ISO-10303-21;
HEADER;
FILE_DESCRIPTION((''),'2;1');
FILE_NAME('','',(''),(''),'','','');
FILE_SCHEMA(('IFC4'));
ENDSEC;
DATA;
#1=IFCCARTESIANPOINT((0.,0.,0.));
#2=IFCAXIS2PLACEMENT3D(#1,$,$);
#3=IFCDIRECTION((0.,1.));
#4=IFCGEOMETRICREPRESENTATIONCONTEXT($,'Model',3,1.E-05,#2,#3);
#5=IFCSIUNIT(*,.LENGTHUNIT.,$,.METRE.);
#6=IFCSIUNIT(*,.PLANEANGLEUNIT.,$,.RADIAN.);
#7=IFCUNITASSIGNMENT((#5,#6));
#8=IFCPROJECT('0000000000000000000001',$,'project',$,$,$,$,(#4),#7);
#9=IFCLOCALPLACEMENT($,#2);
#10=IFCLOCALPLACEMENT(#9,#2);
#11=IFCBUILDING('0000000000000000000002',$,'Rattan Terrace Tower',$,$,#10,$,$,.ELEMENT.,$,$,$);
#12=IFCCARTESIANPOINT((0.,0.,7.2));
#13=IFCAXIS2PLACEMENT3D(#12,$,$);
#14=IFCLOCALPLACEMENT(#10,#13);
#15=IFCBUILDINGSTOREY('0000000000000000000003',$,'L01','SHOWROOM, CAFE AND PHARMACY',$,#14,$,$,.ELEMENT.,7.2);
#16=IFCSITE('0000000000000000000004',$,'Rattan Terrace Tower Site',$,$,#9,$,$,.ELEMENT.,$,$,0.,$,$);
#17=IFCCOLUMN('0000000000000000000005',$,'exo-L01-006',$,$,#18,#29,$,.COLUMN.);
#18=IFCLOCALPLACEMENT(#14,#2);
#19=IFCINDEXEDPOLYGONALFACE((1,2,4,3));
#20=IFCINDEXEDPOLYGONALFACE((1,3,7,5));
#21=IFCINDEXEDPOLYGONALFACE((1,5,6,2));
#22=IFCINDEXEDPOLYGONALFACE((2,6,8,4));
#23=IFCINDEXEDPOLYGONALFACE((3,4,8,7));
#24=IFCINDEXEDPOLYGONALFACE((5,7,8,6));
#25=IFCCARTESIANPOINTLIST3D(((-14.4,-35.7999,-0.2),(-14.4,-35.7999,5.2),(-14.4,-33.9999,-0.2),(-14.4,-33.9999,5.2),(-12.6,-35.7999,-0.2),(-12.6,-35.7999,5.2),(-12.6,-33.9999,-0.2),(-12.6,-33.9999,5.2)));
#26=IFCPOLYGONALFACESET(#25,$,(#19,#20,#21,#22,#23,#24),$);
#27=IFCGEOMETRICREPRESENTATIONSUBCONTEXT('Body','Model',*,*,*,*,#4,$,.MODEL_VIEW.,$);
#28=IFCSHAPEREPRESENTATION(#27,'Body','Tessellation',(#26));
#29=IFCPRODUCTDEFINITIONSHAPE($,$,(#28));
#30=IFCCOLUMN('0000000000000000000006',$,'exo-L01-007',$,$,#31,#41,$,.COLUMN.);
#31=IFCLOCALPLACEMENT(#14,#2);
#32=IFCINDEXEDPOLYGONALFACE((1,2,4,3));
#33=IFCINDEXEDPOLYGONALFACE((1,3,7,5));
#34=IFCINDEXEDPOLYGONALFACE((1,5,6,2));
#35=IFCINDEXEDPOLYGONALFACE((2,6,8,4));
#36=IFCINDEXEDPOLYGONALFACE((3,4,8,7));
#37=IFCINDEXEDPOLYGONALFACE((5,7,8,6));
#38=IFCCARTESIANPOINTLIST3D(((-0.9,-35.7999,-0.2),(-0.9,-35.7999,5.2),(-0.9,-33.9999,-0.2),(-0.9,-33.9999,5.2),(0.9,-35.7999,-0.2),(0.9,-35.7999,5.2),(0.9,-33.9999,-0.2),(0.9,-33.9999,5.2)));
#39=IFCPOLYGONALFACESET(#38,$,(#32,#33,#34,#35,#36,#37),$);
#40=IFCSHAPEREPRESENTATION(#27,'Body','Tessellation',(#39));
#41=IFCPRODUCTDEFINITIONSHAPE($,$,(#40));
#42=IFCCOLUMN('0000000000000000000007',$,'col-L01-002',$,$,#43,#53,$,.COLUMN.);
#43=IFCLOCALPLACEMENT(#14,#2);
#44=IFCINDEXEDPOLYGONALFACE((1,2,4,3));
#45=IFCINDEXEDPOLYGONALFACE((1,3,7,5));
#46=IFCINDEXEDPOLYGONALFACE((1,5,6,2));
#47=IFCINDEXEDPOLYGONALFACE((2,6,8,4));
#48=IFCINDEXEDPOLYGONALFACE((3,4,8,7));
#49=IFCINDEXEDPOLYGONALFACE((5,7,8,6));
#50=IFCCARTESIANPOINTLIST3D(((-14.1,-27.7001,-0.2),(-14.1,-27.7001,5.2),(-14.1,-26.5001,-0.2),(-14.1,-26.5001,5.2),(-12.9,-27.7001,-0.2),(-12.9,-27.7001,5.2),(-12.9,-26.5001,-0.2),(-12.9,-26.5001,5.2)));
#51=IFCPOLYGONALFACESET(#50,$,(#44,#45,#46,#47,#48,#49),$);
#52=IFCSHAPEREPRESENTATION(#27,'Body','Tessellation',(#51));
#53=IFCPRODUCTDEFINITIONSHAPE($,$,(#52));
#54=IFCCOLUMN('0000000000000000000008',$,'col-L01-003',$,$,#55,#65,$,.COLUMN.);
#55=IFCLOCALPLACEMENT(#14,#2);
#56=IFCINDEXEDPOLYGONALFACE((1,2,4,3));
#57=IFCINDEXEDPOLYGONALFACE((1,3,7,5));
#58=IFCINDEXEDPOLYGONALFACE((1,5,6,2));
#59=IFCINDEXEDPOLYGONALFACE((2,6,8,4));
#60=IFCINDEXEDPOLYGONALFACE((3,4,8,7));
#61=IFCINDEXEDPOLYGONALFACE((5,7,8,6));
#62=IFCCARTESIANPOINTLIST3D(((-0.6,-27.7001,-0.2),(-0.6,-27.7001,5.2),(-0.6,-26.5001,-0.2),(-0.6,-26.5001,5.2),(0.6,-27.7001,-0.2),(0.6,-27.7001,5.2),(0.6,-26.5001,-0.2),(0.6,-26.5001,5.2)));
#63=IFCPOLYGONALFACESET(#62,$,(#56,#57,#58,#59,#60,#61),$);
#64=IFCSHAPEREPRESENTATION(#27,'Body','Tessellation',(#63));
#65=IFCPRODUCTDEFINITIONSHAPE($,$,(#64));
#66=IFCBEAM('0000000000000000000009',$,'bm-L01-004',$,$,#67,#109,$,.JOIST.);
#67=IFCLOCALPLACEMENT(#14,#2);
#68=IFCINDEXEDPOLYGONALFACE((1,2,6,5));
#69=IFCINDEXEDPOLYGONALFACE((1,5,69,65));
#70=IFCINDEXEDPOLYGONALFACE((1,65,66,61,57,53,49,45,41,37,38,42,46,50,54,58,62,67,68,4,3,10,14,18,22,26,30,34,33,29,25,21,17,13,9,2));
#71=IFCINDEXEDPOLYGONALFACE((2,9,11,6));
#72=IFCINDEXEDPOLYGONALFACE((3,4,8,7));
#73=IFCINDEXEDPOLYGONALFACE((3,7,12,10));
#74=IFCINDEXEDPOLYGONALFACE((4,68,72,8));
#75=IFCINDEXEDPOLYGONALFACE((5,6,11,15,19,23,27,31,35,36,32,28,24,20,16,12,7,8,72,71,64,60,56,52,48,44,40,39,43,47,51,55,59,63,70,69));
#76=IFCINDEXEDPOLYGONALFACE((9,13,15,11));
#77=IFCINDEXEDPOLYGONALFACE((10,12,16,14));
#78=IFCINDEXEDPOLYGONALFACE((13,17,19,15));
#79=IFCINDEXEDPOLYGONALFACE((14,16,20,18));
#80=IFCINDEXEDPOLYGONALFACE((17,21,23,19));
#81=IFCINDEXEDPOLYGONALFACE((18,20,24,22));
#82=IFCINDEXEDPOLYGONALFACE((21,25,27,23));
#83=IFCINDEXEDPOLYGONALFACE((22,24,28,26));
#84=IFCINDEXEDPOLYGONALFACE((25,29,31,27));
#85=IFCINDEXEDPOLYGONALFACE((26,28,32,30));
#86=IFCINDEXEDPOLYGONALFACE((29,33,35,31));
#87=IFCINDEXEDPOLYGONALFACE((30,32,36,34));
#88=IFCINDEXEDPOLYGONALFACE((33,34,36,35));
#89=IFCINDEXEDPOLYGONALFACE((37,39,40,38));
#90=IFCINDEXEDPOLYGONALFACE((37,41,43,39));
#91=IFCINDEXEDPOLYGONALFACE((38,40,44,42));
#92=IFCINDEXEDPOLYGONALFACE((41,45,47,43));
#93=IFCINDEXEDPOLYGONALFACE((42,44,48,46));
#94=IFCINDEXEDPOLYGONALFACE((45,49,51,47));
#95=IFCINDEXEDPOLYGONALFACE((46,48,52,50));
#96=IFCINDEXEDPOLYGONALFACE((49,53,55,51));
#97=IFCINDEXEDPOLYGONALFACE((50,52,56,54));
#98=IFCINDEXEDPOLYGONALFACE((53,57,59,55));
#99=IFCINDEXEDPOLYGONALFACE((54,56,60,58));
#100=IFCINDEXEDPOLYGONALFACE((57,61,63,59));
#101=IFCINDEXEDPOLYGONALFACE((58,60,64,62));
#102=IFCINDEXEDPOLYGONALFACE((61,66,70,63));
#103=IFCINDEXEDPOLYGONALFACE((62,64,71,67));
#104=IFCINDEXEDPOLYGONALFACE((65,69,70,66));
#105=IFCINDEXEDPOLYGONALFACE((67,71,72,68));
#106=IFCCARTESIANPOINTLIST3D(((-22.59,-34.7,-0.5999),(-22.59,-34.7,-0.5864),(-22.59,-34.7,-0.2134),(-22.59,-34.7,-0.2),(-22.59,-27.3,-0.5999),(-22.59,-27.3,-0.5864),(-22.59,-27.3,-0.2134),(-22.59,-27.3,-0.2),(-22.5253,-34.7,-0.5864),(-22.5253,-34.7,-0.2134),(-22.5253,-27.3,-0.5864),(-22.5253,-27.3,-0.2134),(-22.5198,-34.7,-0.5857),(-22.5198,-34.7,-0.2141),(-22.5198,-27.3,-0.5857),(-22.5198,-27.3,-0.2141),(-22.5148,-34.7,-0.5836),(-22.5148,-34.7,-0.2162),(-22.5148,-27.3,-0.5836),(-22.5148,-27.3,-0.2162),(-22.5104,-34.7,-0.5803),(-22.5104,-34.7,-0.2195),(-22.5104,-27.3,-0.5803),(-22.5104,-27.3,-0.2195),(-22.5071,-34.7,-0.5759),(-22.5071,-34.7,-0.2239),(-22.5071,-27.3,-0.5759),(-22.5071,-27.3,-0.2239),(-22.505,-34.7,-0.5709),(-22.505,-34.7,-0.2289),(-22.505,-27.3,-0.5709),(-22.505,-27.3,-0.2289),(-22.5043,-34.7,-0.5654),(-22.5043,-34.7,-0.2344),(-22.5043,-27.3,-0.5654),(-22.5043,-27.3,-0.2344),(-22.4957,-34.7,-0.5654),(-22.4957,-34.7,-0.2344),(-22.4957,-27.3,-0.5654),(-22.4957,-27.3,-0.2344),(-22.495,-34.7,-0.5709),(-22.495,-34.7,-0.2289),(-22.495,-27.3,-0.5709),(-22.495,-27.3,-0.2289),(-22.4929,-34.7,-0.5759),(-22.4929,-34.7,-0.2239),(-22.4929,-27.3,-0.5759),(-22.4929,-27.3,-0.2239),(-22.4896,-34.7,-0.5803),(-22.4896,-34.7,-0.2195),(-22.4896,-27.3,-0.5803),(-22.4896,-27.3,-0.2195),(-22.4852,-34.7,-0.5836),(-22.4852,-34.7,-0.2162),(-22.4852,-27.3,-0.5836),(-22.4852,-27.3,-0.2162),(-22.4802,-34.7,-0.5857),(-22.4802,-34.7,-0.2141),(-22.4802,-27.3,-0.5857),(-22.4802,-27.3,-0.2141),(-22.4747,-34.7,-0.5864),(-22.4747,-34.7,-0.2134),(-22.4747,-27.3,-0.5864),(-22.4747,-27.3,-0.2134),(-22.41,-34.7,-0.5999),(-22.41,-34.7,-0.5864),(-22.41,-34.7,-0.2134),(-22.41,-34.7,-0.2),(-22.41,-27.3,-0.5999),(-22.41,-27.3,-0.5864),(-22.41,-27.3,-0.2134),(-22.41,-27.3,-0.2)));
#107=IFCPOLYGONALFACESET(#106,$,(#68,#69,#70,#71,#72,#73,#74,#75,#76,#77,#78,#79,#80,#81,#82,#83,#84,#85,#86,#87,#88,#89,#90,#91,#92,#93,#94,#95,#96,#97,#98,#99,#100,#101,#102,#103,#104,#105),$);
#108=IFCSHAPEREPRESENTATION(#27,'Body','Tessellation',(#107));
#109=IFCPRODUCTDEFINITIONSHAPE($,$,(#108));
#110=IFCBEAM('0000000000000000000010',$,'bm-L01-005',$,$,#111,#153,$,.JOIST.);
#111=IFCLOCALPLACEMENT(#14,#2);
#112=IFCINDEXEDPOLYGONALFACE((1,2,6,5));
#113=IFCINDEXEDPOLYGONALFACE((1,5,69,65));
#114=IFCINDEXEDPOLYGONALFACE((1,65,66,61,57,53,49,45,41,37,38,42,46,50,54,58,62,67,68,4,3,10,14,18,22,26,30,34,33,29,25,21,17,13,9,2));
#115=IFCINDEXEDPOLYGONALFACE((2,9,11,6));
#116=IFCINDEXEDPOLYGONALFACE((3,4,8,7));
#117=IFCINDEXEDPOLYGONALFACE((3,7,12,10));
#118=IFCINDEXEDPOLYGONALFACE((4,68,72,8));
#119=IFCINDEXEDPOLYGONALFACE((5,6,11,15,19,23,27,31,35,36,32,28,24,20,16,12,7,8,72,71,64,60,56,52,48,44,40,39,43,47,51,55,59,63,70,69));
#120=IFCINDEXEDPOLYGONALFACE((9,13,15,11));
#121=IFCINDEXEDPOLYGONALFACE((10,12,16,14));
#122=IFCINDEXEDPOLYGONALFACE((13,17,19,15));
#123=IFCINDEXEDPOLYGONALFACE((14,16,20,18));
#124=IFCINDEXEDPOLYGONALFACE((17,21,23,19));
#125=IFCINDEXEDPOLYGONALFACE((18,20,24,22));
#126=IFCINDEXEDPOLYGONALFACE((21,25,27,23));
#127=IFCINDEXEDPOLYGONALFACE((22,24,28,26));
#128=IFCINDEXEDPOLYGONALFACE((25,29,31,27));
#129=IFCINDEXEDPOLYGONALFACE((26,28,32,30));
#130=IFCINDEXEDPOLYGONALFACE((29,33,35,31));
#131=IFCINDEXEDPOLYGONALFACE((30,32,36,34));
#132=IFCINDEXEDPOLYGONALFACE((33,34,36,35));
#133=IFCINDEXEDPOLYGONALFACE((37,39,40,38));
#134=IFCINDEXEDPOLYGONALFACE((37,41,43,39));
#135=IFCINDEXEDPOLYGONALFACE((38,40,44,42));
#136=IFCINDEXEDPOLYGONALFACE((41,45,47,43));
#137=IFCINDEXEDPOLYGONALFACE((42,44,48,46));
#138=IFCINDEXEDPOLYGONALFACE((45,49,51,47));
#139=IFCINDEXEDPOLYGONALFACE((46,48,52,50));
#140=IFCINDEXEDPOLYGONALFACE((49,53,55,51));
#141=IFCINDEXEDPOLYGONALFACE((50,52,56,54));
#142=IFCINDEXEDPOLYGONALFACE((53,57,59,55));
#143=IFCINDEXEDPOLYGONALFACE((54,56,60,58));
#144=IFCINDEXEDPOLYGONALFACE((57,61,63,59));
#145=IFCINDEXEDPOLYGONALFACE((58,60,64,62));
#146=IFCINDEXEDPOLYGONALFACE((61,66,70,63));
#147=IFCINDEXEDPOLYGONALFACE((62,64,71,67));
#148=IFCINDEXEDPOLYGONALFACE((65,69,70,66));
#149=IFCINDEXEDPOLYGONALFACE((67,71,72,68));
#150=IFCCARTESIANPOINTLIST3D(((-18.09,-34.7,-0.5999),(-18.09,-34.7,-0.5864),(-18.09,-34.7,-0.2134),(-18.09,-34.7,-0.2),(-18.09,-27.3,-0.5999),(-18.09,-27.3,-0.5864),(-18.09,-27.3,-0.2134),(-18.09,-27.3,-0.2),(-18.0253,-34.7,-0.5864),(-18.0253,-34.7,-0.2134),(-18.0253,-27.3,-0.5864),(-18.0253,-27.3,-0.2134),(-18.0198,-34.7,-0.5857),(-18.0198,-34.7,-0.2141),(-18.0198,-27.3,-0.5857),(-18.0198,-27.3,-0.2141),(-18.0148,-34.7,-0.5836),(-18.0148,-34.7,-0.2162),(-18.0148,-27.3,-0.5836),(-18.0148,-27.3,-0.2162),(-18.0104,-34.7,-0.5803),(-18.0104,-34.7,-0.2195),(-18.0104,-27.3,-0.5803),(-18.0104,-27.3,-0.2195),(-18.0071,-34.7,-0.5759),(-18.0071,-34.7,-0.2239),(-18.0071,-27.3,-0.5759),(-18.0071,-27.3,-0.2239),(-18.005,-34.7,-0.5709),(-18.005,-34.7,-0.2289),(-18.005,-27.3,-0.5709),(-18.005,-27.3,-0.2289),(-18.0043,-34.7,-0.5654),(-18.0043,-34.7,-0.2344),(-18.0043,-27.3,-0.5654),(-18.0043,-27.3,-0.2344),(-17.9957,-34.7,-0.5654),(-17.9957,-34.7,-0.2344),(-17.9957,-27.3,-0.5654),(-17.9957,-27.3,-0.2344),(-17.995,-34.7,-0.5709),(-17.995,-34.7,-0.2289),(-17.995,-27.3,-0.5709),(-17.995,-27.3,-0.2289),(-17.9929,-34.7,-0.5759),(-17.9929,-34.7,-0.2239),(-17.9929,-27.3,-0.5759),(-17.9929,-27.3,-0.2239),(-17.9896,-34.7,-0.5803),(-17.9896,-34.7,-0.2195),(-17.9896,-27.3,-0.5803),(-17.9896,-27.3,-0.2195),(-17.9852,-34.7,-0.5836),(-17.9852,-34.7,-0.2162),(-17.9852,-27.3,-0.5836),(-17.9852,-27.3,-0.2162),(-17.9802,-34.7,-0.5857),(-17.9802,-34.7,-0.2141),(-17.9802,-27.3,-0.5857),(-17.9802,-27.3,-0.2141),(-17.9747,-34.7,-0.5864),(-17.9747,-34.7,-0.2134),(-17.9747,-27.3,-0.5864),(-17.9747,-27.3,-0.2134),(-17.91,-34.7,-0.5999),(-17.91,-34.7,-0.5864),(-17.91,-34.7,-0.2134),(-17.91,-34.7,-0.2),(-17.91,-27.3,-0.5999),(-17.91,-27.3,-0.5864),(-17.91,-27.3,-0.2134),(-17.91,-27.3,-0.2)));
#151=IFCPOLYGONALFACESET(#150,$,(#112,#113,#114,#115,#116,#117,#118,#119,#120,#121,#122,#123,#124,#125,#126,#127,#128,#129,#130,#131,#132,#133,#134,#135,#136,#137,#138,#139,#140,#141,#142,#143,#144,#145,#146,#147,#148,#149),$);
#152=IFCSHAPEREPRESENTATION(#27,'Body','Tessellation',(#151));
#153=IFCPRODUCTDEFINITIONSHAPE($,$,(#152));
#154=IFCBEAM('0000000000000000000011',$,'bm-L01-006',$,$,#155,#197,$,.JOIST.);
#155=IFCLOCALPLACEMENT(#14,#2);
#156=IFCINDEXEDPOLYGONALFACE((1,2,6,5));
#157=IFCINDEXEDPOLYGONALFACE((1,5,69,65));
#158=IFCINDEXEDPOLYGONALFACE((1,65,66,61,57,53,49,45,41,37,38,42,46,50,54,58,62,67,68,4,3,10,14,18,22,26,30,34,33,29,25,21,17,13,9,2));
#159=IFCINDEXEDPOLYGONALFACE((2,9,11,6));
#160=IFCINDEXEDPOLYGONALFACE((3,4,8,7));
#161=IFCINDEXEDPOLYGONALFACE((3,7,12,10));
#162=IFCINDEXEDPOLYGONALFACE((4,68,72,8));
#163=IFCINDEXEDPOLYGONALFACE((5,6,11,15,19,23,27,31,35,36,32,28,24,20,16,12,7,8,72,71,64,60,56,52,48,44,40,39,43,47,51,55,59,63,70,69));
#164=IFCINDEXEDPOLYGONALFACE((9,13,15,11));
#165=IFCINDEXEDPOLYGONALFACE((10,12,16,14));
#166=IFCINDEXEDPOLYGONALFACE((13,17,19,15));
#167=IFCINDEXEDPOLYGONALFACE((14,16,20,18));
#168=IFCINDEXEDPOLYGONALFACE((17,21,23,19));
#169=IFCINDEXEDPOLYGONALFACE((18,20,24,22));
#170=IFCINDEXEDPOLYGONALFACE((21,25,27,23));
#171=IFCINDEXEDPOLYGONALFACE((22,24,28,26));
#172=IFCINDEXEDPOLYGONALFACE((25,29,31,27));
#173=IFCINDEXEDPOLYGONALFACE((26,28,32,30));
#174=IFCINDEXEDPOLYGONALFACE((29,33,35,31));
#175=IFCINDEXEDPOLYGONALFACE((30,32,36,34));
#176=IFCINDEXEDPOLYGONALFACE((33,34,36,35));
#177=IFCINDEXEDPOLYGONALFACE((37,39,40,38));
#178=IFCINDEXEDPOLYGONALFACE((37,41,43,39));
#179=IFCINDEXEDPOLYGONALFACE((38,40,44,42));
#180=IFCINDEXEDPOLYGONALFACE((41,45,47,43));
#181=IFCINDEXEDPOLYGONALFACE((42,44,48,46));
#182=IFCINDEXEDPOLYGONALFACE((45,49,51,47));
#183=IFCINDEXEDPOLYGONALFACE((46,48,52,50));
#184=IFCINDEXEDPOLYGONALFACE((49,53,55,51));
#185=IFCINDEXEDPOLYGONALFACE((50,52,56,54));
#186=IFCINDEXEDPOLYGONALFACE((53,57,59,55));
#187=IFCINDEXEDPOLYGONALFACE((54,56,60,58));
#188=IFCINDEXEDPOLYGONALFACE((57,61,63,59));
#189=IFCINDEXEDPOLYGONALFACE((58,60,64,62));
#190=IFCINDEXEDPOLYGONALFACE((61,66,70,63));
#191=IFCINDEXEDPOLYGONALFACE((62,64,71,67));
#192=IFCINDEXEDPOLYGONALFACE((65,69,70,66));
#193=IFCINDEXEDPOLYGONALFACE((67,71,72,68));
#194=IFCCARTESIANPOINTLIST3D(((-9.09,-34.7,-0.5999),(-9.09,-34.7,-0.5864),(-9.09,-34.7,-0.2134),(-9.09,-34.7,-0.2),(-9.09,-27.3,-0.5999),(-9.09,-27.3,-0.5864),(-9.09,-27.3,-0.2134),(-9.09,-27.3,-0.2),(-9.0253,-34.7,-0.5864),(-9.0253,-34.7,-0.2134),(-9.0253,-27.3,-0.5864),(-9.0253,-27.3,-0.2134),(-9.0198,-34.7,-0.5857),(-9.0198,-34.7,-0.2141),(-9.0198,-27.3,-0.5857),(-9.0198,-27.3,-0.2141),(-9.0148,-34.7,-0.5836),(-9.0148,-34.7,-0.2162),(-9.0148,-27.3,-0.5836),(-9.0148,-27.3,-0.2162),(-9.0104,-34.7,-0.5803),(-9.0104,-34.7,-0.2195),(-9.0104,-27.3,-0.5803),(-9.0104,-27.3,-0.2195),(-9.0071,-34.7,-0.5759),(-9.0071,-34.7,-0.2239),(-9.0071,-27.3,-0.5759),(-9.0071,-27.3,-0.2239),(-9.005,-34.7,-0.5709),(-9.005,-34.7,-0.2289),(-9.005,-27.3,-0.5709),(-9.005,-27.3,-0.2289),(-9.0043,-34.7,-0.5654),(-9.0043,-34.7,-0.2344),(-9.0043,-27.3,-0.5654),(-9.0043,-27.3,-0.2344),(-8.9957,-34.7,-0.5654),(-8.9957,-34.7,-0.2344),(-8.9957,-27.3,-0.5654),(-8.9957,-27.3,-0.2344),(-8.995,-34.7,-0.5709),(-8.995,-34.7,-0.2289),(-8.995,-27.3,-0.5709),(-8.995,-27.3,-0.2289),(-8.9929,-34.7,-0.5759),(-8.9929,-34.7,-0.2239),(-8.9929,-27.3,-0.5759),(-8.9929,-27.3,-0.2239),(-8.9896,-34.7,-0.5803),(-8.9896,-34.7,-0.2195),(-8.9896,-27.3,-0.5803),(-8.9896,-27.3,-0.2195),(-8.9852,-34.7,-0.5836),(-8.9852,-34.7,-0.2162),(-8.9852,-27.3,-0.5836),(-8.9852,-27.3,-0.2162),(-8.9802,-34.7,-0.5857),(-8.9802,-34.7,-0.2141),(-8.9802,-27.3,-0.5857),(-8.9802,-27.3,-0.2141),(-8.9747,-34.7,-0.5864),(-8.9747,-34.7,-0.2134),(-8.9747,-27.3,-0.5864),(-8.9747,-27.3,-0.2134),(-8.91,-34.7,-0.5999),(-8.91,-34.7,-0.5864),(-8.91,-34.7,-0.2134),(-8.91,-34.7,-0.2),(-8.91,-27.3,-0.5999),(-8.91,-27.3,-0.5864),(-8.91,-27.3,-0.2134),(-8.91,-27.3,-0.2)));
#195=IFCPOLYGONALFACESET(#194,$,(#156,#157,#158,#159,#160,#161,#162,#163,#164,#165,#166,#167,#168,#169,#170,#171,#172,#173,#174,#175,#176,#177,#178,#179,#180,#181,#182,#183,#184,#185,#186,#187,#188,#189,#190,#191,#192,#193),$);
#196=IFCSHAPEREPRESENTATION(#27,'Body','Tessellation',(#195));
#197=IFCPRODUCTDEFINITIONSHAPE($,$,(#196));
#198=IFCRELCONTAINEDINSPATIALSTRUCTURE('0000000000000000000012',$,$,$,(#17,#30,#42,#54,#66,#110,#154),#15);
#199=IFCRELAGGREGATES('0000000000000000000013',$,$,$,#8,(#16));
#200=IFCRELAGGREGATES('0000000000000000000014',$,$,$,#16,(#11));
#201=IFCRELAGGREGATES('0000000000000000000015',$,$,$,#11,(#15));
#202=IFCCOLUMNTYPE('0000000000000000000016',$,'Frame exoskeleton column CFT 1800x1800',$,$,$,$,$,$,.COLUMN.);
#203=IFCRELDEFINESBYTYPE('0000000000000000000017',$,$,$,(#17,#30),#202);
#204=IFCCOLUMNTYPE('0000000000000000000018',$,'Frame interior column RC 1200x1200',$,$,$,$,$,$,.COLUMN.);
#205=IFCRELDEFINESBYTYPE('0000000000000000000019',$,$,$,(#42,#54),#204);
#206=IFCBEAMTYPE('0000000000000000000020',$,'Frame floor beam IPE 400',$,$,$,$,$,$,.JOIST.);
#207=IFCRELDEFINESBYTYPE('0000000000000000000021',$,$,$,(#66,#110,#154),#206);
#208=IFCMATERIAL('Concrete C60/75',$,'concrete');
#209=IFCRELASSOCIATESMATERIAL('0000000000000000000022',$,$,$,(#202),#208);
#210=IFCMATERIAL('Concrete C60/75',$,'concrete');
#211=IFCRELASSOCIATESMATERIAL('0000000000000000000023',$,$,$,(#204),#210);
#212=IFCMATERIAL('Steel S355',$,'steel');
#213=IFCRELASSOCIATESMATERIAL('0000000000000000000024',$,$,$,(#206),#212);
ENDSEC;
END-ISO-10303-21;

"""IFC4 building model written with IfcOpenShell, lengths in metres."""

from ifc_helpers import new_model, si_unit, direction, frame, origin, origin_2d, place, context, subcontext, project, spatial, rectangle, i_section, extrude, material, material_profile, profile_set, type_object, element, save


model = new_model("IFC4")

# Units and contexts
model_context = context("Model", 3, precision=1e-05, world=origin(), true_north=direction((0.0, 1.0)))
body_context = subcontext(model_context, "Body", "Model", "MODEL_VIEW")
ifc_project = project(units=[si_unit("LENGTHUNIT", "METRE"), si_unit("PLANEANGLEUNIT", "RADIAN")], contexts=[model_context])

# Site, building, storey
site_placement = place(None, origin())
site = spatial("IfcSite", under=ifc_project, at=site_placement, Name="Rattan Terrace Tower Site", CompositionType="ELEMENT", RefElevation=0.0)
building_placement = place(site_placement, origin())
building = spatial("IfcBuilding", under=site, at=building_placement, Name="Rattan Terrace Tower", CompositionType="ELEMENT")
storey_placement = place(building_placement, frame((0.0, 0.0, 7.2)))
storey = spatial("IfcBuildingStorey", under=building, at=storey_placement, Name="L01", Description="SHOWROOM, CAFE AND PHARMACY", CompositionType="ELEMENT", Elevation=7.2)

# Columns
ifc_material_1 = material(Name="Concrete C60/75", Category="concrete")
ifc_material_profile_1 = material_profile(ifc_material_1, rectangle(XDim=1.8, YDim=1.8, at=origin_2d()), Name="CFT 1800x1800")
ifc_profile_set_1 = profile_set([ifc_material_profile_1], Name="Concrete C60/75")
column_type_1 = type_object("IfcColumnType", Name="Frame exoskeleton column CFT 1800x1800", PredefinedType="COLUMN", material=ifc_profile_set_1)
for number, where, z_axis, x_axis, name in (
    (1, (-13.5, -34.8999, -0.2), (0.0, 0.0, 1.0), (1.0, 0.0, 0.0), "exo-L01-006"),
    (2, (0.0, -34.8999, -0.2), (0.0, 0.0, 1.0), (1.0, 0.0, 0.0), "exo-L01-007"),
):
    element("IfcColumn", number, at=place(storey_placement, frame(where, z_axis=z_axis, x_axis=x_axis)), inside=storey, type_object=column_type_1, Name=name, PredefinedType="COLUMN", context=body_context, shape_type="SweptSolid", body=[
        extrude(rectangle(XDim=1.8, YDim=1.8, at=origin_2d()), origin(), (0.0, 0.0, 1.0), 5.3999),
    ])
ifc_material_2 = material(Name="Concrete C60/75", Category="concrete")
ifc_material_profile_2 = material_profile(ifc_material_2, rectangle(XDim=1.2, YDim=1.2, at=origin_2d()), Name="RC 1200x1200")
ifc_profile_set_2 = profile_set([ifc_material_profile_2], Name="Concrete C60/75")
column_type_2 = type_object("IfcColumnType", Name="Frame interior column RC 1200x1200", PredefinedType="COLUMN", material=ifc_profile_set_2)
for number, where, z_axis, x_axis, name in (
    (3, (-13.5, -27.1001, -0.2), (0.0, 0.0, 1.0), (1.0, 0.0, 0.0), "col-L01-002"),
    (4, (0.0, -27.1001, -0.2), (0.0, 0.0, 1.0), (1.0, 0.0, 0.0), "col-L01-003"),
):
    element("IfcColumn", number, at=place(storey_placement, frame(where, z_axis=z_axis, x_axis=x_axis)), inside=storey, type_object=column_type_2, Name=name, PredefinedType="COLUMN", context=body_context, shape_type="SweptSolid", body=[
        extrude(rectangle(XDim=1.2, YDim=1.2, at=origin_2d()), origin(), (0.0, 0.0, 1.0), 5.3999),
    ])

# Beams
ifc_material_3 = material(Name="Steel S355", Category="steel")
ifc_material_profile_3 = material_profile(ifc_material_3, i_section(OverallWidth=0.1799, OverallDepth=0.3999, WebThickness=0.0085, FlangeThickness=0.0134, FilletRadius=0.021, at=origin_2d()), Name="IPE 400")
ifc_profile_set_3 = profile_set([ifc_material_profile_3], Name="Steel S355")
beam_type_1 = type_object("IfcBeamType", Name="Frame floor beam IPE 400", PredefinedType="JOIST", material=ifc_profile_set_3)
for number, where, z_axis, x_axis, name in (
    (5, (-22.5, -34.7, -0.3999), (0.0, 1.0, 0.0), (-1.0, 0.0, 0.0), "bm-L01-004"),
    (6, (-18.0, -34.7, -0.3999), (0.0, 1.0, 0.0), (-1.0, 0.0, 0.0), "bm-L01-005"),
    (7, (-9.0, -34.7, -0.3999), (0.0, 1.0, 0.0), (-1.0, 0.0, 0.0), "bm-L01-006"),
):
    element("IfcBeam", number, at=place(storey_placement, frame(where, z_axis=z_axis, x_axis=x_axis)), inside=storey, type_object=beam_type_1, Name=name, PredefinedType="JOIST", context=body_context, shape_type="SweptSolid", body=[
        extrude(i_section(OverallWidth=0.1799, OverallDepth=0.3999, WebThickness=0.0085, FlangeThickness=0.0134, FilletRadius=0.021, at=origin_2d()), origin(), (0.0, 0.0, 1.0), 7.3999),
    ])

save(model, "model.ifc")
